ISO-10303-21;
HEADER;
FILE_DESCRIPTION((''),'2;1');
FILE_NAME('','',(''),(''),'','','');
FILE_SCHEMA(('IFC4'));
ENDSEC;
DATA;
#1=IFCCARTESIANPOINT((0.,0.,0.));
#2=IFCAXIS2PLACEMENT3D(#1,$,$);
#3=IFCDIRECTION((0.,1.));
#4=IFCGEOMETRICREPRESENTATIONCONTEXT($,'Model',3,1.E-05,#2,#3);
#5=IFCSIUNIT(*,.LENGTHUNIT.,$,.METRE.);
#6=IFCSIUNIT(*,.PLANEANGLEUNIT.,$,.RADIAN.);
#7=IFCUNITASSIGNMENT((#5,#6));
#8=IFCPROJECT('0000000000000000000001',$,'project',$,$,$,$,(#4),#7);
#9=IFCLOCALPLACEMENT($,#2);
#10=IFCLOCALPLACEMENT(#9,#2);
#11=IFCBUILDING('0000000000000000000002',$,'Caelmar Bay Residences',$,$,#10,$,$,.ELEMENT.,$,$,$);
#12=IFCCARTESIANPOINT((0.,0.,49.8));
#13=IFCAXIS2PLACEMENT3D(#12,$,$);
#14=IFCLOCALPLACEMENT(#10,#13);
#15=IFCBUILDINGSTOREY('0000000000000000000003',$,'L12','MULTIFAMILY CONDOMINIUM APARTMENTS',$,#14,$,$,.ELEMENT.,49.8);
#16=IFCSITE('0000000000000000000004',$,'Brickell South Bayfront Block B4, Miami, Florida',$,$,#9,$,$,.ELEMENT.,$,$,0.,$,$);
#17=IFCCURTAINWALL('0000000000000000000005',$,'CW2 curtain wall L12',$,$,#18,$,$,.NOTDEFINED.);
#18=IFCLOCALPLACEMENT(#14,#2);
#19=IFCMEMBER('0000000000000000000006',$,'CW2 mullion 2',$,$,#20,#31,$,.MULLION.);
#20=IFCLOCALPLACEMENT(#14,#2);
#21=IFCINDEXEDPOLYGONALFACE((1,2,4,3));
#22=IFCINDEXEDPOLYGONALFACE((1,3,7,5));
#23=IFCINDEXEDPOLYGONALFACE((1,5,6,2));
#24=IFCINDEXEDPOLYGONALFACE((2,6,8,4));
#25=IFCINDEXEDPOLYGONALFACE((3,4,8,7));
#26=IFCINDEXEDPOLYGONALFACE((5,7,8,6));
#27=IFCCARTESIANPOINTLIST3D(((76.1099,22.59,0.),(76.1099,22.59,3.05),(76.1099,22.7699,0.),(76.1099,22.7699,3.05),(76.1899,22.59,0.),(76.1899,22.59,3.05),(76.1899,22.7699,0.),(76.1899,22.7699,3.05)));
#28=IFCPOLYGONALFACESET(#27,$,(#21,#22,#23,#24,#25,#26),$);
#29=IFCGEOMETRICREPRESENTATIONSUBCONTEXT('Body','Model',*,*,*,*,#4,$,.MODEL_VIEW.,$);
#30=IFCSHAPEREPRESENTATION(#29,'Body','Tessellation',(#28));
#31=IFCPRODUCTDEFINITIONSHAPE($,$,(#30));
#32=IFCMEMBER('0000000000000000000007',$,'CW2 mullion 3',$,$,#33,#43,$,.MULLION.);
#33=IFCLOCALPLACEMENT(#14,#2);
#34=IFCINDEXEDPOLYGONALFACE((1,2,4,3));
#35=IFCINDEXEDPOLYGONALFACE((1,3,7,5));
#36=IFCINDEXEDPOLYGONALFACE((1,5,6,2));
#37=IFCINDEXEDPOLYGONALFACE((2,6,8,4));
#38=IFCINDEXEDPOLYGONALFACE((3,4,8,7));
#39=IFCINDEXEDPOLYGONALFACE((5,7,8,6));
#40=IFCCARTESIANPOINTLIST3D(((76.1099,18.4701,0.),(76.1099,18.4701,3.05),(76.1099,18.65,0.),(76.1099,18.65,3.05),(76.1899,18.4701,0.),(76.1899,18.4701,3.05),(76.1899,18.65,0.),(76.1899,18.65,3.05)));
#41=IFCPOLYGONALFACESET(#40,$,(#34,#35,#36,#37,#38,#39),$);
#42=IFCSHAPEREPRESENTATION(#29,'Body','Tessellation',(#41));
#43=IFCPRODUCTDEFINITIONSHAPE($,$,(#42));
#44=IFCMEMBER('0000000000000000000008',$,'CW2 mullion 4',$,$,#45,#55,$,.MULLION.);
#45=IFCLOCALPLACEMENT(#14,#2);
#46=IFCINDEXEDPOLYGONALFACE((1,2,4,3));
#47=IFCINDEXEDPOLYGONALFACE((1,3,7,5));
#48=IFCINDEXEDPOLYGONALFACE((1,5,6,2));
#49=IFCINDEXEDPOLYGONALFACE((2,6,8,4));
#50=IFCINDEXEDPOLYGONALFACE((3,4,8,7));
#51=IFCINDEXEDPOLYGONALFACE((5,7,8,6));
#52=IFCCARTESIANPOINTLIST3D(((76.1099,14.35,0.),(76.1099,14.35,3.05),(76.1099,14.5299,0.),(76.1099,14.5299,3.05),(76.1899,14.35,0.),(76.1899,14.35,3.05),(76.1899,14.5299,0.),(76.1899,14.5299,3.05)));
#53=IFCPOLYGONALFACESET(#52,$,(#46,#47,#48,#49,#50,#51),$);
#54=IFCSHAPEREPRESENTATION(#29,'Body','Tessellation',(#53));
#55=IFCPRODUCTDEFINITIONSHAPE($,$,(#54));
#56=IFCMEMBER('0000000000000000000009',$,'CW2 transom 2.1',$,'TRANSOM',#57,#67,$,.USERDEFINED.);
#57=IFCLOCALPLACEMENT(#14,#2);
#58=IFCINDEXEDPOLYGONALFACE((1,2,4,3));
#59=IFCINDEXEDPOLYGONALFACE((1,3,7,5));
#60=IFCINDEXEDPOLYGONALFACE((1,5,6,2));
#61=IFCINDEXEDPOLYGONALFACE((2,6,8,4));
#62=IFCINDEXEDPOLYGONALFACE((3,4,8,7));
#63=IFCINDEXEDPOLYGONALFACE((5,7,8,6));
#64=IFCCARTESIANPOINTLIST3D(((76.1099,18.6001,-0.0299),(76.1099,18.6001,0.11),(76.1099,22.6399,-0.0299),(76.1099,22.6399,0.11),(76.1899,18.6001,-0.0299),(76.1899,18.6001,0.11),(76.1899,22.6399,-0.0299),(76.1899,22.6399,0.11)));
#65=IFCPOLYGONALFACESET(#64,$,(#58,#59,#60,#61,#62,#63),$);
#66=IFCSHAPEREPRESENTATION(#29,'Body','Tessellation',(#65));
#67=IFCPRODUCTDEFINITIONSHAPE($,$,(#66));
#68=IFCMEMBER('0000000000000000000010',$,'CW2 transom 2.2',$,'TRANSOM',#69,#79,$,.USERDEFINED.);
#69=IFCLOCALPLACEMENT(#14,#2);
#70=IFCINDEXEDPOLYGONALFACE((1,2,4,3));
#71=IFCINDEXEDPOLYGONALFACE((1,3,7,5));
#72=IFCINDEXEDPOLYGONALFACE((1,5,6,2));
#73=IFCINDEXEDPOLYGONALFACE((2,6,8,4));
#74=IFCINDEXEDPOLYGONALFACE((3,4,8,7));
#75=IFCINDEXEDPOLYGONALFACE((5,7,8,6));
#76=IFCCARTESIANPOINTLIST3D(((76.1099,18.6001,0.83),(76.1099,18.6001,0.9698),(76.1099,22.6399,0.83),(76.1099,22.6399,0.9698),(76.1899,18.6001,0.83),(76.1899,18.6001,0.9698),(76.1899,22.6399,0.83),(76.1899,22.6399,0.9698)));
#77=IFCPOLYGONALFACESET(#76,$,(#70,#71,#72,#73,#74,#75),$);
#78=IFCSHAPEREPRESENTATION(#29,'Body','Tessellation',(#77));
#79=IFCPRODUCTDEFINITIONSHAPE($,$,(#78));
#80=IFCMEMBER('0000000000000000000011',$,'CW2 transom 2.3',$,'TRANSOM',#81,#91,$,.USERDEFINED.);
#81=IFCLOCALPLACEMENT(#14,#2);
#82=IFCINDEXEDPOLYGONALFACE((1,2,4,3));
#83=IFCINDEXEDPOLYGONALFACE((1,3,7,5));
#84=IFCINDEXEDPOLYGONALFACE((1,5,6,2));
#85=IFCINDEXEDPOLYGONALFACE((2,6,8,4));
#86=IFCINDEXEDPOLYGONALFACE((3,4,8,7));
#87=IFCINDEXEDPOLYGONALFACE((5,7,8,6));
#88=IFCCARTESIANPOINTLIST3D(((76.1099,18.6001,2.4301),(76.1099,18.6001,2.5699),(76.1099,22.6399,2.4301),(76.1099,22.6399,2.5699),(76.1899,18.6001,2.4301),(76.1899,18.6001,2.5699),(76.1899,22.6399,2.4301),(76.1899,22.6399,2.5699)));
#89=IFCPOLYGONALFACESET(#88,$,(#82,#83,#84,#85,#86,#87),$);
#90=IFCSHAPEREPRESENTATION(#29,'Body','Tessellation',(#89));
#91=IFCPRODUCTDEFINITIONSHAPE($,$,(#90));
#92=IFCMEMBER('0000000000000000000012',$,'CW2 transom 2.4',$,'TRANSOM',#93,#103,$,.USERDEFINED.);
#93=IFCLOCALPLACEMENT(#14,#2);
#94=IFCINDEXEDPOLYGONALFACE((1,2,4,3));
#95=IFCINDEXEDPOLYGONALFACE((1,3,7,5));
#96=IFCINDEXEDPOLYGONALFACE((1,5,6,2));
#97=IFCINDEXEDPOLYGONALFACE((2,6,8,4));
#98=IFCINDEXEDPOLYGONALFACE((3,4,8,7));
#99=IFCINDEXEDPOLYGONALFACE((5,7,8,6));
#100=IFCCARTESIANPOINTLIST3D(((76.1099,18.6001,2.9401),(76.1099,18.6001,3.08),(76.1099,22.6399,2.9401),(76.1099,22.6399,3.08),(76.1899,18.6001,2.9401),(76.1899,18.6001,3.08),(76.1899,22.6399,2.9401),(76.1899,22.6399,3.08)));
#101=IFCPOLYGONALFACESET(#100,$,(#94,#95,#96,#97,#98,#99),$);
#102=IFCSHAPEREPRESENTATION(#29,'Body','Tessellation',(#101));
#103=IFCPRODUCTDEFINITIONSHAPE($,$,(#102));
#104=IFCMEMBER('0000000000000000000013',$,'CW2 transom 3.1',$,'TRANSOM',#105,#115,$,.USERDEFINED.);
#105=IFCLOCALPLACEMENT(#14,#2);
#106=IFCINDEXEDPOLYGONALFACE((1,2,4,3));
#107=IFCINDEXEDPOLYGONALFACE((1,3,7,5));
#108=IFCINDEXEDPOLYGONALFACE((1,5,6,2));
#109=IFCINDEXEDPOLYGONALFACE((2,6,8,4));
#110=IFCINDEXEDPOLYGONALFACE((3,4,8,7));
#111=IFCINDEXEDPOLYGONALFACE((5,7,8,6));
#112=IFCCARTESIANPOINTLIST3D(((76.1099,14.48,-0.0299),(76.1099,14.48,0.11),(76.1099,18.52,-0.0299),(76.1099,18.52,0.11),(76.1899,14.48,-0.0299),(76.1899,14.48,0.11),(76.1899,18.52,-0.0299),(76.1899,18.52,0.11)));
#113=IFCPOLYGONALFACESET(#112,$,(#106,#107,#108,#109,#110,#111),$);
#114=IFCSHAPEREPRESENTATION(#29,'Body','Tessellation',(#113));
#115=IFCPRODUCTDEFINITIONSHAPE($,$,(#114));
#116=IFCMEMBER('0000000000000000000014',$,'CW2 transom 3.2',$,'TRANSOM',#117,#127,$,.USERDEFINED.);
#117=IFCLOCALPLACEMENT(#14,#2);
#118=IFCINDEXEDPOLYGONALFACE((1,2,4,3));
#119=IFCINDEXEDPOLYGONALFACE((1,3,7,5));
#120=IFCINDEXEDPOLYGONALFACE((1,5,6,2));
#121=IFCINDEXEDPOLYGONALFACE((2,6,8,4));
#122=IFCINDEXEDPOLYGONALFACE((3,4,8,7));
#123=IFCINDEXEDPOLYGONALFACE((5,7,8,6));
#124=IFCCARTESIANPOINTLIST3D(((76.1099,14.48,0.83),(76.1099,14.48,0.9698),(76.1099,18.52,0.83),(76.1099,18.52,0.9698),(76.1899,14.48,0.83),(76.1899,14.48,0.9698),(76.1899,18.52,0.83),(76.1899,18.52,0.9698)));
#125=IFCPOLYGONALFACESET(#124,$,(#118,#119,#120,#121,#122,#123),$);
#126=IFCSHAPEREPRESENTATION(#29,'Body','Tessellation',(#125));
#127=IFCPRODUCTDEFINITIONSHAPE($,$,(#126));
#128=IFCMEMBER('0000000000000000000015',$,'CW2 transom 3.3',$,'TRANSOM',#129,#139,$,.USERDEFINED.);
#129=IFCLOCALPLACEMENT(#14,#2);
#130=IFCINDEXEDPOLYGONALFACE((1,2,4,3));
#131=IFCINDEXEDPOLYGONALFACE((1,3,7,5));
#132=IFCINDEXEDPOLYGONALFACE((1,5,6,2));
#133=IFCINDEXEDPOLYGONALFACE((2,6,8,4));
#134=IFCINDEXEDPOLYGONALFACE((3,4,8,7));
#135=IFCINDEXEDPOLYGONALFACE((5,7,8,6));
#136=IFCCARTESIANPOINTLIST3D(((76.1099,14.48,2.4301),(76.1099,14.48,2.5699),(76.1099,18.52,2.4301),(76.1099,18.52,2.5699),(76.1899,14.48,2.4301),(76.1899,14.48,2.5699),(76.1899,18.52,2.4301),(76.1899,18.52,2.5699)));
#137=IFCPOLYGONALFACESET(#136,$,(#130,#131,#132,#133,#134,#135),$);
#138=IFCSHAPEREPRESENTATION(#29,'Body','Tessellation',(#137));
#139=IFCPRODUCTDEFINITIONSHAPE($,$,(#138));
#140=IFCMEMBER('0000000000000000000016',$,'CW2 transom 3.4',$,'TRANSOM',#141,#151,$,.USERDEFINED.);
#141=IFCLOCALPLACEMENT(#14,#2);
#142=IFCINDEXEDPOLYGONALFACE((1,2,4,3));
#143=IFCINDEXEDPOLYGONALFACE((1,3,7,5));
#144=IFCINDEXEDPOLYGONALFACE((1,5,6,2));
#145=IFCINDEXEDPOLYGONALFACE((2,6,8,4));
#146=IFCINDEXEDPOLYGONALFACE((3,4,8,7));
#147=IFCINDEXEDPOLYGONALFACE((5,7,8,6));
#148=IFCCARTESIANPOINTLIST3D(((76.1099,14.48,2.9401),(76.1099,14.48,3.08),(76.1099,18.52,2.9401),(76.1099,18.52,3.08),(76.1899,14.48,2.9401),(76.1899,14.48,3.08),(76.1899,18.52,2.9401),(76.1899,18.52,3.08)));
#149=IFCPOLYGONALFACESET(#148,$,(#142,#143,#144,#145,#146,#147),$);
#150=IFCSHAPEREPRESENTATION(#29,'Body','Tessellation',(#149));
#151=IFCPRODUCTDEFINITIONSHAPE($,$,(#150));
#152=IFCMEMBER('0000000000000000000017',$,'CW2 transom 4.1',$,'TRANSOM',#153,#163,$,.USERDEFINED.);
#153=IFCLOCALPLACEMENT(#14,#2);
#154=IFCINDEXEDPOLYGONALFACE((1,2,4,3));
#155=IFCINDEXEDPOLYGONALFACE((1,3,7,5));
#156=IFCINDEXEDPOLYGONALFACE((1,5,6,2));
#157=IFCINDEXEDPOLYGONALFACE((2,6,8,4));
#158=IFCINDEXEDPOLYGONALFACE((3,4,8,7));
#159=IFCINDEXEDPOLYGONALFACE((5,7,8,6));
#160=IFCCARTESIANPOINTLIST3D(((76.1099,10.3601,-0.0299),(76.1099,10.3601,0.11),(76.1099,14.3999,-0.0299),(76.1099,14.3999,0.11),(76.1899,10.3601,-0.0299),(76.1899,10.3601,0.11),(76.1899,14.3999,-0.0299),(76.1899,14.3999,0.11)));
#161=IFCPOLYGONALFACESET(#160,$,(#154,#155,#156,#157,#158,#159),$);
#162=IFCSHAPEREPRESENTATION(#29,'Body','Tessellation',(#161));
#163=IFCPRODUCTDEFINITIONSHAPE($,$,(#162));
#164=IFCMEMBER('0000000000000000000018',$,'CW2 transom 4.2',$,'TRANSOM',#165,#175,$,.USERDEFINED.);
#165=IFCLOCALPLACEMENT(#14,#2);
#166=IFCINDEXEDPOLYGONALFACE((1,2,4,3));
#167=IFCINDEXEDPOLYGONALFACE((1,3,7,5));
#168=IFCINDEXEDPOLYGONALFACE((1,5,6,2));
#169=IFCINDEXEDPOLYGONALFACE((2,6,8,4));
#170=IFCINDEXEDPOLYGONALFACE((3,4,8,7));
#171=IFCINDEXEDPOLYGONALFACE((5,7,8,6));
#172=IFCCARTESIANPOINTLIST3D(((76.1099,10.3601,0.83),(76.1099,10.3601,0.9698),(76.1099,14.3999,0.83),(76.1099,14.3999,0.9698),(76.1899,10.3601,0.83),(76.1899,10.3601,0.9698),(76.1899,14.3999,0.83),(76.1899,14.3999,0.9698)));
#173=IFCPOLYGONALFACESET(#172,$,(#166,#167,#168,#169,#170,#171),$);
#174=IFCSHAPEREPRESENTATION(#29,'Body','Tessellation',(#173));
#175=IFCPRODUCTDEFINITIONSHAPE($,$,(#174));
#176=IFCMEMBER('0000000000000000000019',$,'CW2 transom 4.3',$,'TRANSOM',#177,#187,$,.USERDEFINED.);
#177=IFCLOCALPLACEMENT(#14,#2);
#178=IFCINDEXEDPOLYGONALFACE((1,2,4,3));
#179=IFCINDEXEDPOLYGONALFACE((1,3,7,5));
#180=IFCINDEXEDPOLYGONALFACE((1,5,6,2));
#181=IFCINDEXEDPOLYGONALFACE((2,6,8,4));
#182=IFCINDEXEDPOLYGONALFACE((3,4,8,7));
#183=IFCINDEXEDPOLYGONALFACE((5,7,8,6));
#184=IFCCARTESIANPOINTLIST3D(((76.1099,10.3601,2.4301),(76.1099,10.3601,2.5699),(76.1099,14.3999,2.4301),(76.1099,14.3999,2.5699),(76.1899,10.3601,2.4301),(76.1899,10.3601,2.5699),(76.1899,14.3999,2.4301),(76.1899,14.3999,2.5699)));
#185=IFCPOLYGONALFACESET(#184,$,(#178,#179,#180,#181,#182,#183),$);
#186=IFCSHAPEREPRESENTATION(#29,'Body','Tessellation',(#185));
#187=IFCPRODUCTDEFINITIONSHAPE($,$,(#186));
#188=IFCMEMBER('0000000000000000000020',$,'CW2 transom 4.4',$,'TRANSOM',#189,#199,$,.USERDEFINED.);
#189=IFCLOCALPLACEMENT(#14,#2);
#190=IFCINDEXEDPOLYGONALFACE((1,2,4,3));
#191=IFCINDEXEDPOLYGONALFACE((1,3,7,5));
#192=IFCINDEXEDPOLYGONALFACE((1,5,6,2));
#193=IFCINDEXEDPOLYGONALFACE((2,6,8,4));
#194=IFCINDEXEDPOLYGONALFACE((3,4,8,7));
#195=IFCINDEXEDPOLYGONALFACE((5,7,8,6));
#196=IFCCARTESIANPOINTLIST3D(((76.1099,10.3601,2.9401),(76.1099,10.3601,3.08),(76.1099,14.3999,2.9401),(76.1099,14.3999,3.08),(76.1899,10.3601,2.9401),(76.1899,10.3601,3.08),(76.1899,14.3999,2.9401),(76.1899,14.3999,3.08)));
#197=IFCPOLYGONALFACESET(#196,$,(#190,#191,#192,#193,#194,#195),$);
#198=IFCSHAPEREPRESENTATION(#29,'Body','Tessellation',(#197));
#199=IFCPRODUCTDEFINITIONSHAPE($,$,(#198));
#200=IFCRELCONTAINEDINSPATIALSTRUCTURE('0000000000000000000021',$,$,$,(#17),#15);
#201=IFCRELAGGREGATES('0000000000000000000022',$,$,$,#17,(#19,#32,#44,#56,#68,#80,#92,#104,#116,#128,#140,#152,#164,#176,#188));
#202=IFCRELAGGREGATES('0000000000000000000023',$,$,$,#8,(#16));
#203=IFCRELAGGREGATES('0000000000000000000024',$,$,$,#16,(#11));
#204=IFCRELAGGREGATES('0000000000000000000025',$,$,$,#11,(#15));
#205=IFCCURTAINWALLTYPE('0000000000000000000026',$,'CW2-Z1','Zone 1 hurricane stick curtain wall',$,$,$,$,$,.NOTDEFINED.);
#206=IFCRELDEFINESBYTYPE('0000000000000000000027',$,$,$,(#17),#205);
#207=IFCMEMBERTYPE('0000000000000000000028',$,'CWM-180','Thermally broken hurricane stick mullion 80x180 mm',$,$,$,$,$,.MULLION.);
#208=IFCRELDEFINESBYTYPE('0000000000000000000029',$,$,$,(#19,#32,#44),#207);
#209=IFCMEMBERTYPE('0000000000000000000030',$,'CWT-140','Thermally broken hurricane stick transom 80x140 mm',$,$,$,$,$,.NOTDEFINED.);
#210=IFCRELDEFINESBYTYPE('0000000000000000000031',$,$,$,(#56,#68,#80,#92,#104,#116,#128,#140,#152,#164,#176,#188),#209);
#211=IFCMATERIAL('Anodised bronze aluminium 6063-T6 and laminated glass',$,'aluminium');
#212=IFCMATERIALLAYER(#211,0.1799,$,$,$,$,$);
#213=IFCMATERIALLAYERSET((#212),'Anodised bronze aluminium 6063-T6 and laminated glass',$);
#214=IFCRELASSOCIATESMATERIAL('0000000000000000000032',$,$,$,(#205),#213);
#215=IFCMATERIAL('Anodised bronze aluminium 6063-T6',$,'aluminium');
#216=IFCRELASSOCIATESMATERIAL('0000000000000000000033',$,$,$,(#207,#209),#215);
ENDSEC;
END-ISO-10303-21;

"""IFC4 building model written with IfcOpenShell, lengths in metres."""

from ifc_helpers import new_model, si_unit, direction, frame, origin, origin_2d, place, context, subcontext, project, spatial, rectangle, extrude, material, layer, layer_set, material_profile, profile_set, type_object, element, aggregate, save


model = new_model("IFC4")

# Units and contexts
model_context = context("Model", 3, precision=1e-05, world=origin(), true_north=direction((0.0, 1.0)))
body_context = subcontext(model_context, "Body", "Model", "MODEL_VIEW")
ifc_project = project(units=[si_unit("LENGTHUNIT", "METRE"), si_unit("PLANEANGLEUNIT", "RADIAN")], contexts=[model_context])

# Site, building, storey
site_placement = place(None, origin())
site = spatial("IfcSite", under=ifc_project, at=site_placement, Name="Brickell South Bayfront Block B4, Miami, Florida", CompositionType="ELEMENT", RefElevation=0.0)
building_placement = place(site_placement, origin())
building = spatial("IfcBuilding", under=site, at=building_placement, Name="Caelmar Bay Residences", CompositionType="ELEMENT")
storey_placement = place(building_placement, frame((0.0, 0.0, 49.8)))
storey = spatial("IfcBuildingStorey", under=building, at=storey_placement, Name="L12", Description="MULTIFAMILY CONDOMINIUM APARTMENTS", CompositionType="ELEMENT", Elevation=49.8)

# Curtain wall, members
ifc_material_1 = material(Name="Anodised bronze aluminium 6063-T6 and laminated glass", Category="aluminium")
ifc_layer_1 = layer(ifc_material_1, 0.1799)
ifc_layer_set_1 = layer_set([ifc_layer_1], Name="Anodised bronze aluminium 6063-T6 and laminated glass")
curtain_wall_type = type_object("IfcCurtainWallType", Name="CW2-Z1", Description="Zone 1 hurricane stick curtain wall", PredefinedType="NOTDEFINED", material=ifc_layer_set_1)
curtain_wall_placement = place(storey_placement, origin())
curtain_wall = element("IfcCurtainWall", 1, at=curtain_wall_placement, inside=storey, type_object=curtain_wall_type, Name="CW2 curtain wall L12", PredefinedType="NOTDEFINED")
ifc_material_2 = material(Name="Anodised bronze aluminium 6063-T6", Category="aluminium")
ifc_material_profile_1 = material_profile(ifc_material_2, rectangle(XDim=0.0801, YDim=0.1799, at=origin_2d()), Name="CWM-80X180")
ifc_profile_set_1 = profile_set([ifc_material_profile_1], Name="Anodised bronze aluminium 6063-T6")
member_type_1 = type_object("IfcMemberType", Name="CWM-180", Description="Thermally broken hurricane stick mullion 80x180 mm", PredefinedType="MULLION", material=ifc_profile_set_1)
member_1_placement = place(storey_placement, frame((76.1499, 22.6799, 0.0), z_axis=(0.0, 0.0, 1.0), x_axis=(1.0, 0.0, 0.0)))
member_1 = element("IfcMember", 2, at=member_1_placement, type_object=member_type_1, Name="CW2 mullion 2", PredefinedType="MULLION", context=body_context, shape_type="SweptSolid", body=[
    extrude(rectangle(XDim=0.0801, YDim=0.1799, at=origin_2d()), origin(), (0.0, 0.0, 1.0), 3.05),
])
member_2_placement = place(storey_placement, frame((76.1499, 18.5601, 0.0), z_axis=(0.0, 0.0, 1.0), x_axis=(1.0, 0.0, 0.0)))
member_2 = element("IfcMember", 3, at=member_2_placement, type_object=member_type_1, Name="CW2 mullion 3", PredefinedType="MULLION", context=body_context, shape_type="SweptSolid", body=[
    extrude(rectangle(XDim=0.0801, YDim=0.1799, at=origin_2d()), origin(), (0.0, 0.0, 1.0), 3.05),
])
member_3_placement = place(storey_placement, frame((76.1499, 14.4399, 0.0), z_axis=(0.0, 0.0, 1.0), x_axis=(1.0, 0.0, 0.0)))
member_3 = element("IfcMember", 4, at=member_3_placement, type_object=member_type_1, Name="CW2 mullion 4", PredefinedType="MULLION", context=body_context, shape_type="SweptSolid", body=[
    extrude(rectangle(XDim=0.0801, YDim=0.1799, at=origin_2d()), origin(), (0.0, 0.0, 1.0), 3.05),
])
ifc_material_profile_2 = material_profile(ifc_material_2, rectangle(XDim=0.0801, YDim=0.1399, at=origin_2d()), Name="CWT-80X140")
ifc_profile_set_2 = profile_set([ifc_material_profile_2], Name="Anodised bronze aluminium 6063-T6")
member_type_2 = type_object("IfcMemberType", Name="CWT-140", Description="Thermally broken hurricane stick transom 80x140 mm", PredefinedType="NOTDEFINED", material=ifc_profile_set_2)
member_4_placement = place(storey_placement, frame((76.1499, 22.6399, 0.04), z_axis=(0.0, -1.0, 0.0), x_axis=(1.0, 0.0, 0.0)))
member_4 = element("IfcMember", 5, at=member_4_placement, type_object=member_type_2, Name="CW2 transom 2.1", ObjectType="TRANSOM", PredefinedType="USERDEFINED", context=body_context, shape_type="SweptSolid", body=[
    extrude(rectangle(XDim=0.0801, YDim=0.1399, at=origin_2d()), origin(), (0.0, 0.0, 1.0), 4.0398),
])
member_5_placement = place(storey_placement, frame((76.1499, 22.6399, 0.8999), z_axis=(0.0, -1.0, 0.0), x_axis=(1.0, 0.0, 0.0)))
member_5 = element("IfcMember", 6, at=member_5_placement, type_object=member_type_2, Name="CW2 transom 2.2", ObjectType="TRANSOM", PredefinedType="USERDEFINED", context=body_context, shape_type="SweptSolid", body=[
    extrude(rectangle(XDim=0.0801, YDim=0.1399, at=origin_2d()), origin(), (0.0, 0.0, 1.0), 4.0398),
])
member_6_placement = place(storey_placement, frame((76.1499, 22.6399, 2.5), z_axis=(0.0, -1.0, 0.0), x_axis=(1.0, 0.0, 0.0)))
member_6 = element("IfcMember", 7, at=member_6_placement, type_object=member_type_2, Name="CW2 transom 2.3", ObjectType="TRANSOM", PredefinedType="USERDEFINED", context=body_context, shape_type="SweptSolid", body=[
    extrude(rectangle(XDim=0.0801, YDim=0.1399, at=origin_2d()), origin(), (0.0, 0.0, 1.0), 4.0398),
])
member_7_placement = place(storey_placement, frame((76.1499, 22.6399, 3.01), z_axis=(0.0, -1.0, 0.0), x_axis=(1.0, 0.0, 0.0)))
member_7 = element("IfcMember", 8, at=member_7_placement, type_object=member_type_2, Name="CW2 transom 2.4", ObjectType="TRANSOM", PredefinedType="USERDEFINED", context=body_context, shape_type="SweptSolid", body=[
    extrude(rectangle(XDim=0.0801, YDim=0.1399, at=origin_2d()), origin(), (0.0, 0.0, 1.0), 4.0398),
])
member_8_placement = place(storey_placement, frame((76.1499, 18.52, 0.04), z_axis=(0.0, -1.0, 0.0), x_axis=(1.0, 0.0, 0.0)))
member_8 = element("IfcMember", 9, at=member_8_placement, type_object=member_type_2, Name="CW2 transom 3.1", ObjectType="TRANSOM", PredefinedType="USERDEFINED", context=body_context, shape_type="SweptSolid", body=[
    extrude(rectangle(XDim=0.0801, YDim=0.1399, at=origin_2d()), origin(), (0.0, 0.0, 1.0), 4.04),
])
member_9_placement = place(storey_placement, frame((76.1499, 18.52, 0.8999), z_axis=(0.0, -1.0, 0.0), x_axis=(1.0, 0.0, 0.0)))
member_9 = element("IfcMember", 10, at=member_9_placement, type_object=member_type_2, Name="CW2 transom 3.2", ObjectType="TRANSOM", PredefinedType="USERDEFINED", context=body_context, shape_type="SweptSolid", body=[
    extrude(rectangle(XDim=0.0801, YDim=0.1399, at=origin_2d()), origin(), (0.0, 0.0, 1.0), 4.04),
])
member_10_placement = place(storey_placement, frame((76.1499, 18.52, 2.5), z_axis=(0.0, -1.0, 0.0), x_axis=(1.0, 0.0, 0.0)))
member_10 = element("IfcMember", 11, at=member_10_placement, type_object=member_type_2, Name="CW2 transom 3.3", ObjectType="TRANSOM", PredefinedType="USERDEFINED", context=body_context, shape_type="SweptSolid", body=[
    extrude(rectangle(XDim=0.0801, YDim=0.1399, at=origin_2d()), origin(), (0.0, 0.0, 1.0), 4.04),
])
member_11_placement = place(storey_placement, frame((76.1499, 18.52, 3.01), z_axis=(0.0, -1.0, 0.0), x_axis=(1.0, 0.0, 0.0)))
member_11 = element("IfcMember", 12, at=member_11_placement, type_object=member_type_2, Name="CW2 transom 3.4", ObjectType="TRANSOM", PredefinedType="USERDEFINED", context=body_context, shape_type="SweptSolid", body=[
    extrude(rectangle(XDim=0.0801, YDim=0.1399, at=origin_2d()), origin(), (0.0, 0.0, 1.0), 4.04),
])
member_12_placement = place(storey_placement, frame((76.1499, 14.3999, 0.04), z_axis=(0.0, -1.0, 0.0), x_axis=(1.0, 0.0, 0.0)))
member_12 = element("IfcMember", 13, at=member_12_placement, type_object=member_type_2, Name="CW2 transom 4.1", ObjectType="TRANSOM", PredefinedType="USERDEFINED", context=body_context, shape_type="SweptSolid", body=[
    extrude(rectangle(XDim=0.0801, YDim=0.1399, at=origin_2d()), origin(), (0.0, 0.0, 1.0), 4.0398),
])
member_13_placement = place(storey_placement, frame((76.1499, 14.3999, 0.8999), z_axis=(0.0, -1.0, 0.0), x_axis=(1.0, 0.0, 0.0)))
member_13 = element("IfcMember", 14, at=member_13_placement, type_object=member_type_2, Name="CW2 transom 4.2", ObjectType="TRANSOM", PredefinedType="USERDEFINED", context=body_context, shape_type="SweptSolid", body=[
    extrude(rectangle(XDim=0.0801, YDim=0.1399, at=origin_2d()), origin(), (0.0, 0.0, 1.0), 4.0398),
])
member_14_placement = place(storey_placement, frame((76.1499, 14.3999, 2.5), z_axis=(0.0, -1.0, 0.0), x_axis=(1.0, 0.0, 0.0)))
member_14 = element("IfcMember", 15, at=member_14_placement, type_object=member_type_2, Name="CW2 transom 4.3", ObjectType="TRANSOM", PredefinedType="USERDEFINED", context=body_context, shape_type="SweptSolid", body=[
    extrude(rectangle(XDim=0.0801, YDim=0.1399, at=origin_2d()), origin(), (0.0, 0.0, 1.0), 4.0398),
])
member_15_placement = place(storey_placement, frame((76.1499, 14.3999, 3.01), z_axis=(0.0, -1.0, 0.0), x_axis=(1.0, 0.0, 0.0)))
member_15 = element("IfcMember", 16, at=member_15_placement, type_object=member_type_2, Name="CW2 transom 4.4", ObjectType="TRANSOM", PredefinedType="USERDEFINED", context=body_context, shape_type="SweptSolid", body=[
    extrude(rectangle(XDim=0.0801, YDim=0.1399, at=origin_2d()), origin(), (0.0, 0.0, 1.0), 4.0398),
])
aggregate(curtain_wall, [member_1, member_2, member_3, member_4, member_5, member_6, member_7, member_8, member_9, member_10, member_11, member_12, member_13, member_14, member_15])

save(model, "model.ifc")
